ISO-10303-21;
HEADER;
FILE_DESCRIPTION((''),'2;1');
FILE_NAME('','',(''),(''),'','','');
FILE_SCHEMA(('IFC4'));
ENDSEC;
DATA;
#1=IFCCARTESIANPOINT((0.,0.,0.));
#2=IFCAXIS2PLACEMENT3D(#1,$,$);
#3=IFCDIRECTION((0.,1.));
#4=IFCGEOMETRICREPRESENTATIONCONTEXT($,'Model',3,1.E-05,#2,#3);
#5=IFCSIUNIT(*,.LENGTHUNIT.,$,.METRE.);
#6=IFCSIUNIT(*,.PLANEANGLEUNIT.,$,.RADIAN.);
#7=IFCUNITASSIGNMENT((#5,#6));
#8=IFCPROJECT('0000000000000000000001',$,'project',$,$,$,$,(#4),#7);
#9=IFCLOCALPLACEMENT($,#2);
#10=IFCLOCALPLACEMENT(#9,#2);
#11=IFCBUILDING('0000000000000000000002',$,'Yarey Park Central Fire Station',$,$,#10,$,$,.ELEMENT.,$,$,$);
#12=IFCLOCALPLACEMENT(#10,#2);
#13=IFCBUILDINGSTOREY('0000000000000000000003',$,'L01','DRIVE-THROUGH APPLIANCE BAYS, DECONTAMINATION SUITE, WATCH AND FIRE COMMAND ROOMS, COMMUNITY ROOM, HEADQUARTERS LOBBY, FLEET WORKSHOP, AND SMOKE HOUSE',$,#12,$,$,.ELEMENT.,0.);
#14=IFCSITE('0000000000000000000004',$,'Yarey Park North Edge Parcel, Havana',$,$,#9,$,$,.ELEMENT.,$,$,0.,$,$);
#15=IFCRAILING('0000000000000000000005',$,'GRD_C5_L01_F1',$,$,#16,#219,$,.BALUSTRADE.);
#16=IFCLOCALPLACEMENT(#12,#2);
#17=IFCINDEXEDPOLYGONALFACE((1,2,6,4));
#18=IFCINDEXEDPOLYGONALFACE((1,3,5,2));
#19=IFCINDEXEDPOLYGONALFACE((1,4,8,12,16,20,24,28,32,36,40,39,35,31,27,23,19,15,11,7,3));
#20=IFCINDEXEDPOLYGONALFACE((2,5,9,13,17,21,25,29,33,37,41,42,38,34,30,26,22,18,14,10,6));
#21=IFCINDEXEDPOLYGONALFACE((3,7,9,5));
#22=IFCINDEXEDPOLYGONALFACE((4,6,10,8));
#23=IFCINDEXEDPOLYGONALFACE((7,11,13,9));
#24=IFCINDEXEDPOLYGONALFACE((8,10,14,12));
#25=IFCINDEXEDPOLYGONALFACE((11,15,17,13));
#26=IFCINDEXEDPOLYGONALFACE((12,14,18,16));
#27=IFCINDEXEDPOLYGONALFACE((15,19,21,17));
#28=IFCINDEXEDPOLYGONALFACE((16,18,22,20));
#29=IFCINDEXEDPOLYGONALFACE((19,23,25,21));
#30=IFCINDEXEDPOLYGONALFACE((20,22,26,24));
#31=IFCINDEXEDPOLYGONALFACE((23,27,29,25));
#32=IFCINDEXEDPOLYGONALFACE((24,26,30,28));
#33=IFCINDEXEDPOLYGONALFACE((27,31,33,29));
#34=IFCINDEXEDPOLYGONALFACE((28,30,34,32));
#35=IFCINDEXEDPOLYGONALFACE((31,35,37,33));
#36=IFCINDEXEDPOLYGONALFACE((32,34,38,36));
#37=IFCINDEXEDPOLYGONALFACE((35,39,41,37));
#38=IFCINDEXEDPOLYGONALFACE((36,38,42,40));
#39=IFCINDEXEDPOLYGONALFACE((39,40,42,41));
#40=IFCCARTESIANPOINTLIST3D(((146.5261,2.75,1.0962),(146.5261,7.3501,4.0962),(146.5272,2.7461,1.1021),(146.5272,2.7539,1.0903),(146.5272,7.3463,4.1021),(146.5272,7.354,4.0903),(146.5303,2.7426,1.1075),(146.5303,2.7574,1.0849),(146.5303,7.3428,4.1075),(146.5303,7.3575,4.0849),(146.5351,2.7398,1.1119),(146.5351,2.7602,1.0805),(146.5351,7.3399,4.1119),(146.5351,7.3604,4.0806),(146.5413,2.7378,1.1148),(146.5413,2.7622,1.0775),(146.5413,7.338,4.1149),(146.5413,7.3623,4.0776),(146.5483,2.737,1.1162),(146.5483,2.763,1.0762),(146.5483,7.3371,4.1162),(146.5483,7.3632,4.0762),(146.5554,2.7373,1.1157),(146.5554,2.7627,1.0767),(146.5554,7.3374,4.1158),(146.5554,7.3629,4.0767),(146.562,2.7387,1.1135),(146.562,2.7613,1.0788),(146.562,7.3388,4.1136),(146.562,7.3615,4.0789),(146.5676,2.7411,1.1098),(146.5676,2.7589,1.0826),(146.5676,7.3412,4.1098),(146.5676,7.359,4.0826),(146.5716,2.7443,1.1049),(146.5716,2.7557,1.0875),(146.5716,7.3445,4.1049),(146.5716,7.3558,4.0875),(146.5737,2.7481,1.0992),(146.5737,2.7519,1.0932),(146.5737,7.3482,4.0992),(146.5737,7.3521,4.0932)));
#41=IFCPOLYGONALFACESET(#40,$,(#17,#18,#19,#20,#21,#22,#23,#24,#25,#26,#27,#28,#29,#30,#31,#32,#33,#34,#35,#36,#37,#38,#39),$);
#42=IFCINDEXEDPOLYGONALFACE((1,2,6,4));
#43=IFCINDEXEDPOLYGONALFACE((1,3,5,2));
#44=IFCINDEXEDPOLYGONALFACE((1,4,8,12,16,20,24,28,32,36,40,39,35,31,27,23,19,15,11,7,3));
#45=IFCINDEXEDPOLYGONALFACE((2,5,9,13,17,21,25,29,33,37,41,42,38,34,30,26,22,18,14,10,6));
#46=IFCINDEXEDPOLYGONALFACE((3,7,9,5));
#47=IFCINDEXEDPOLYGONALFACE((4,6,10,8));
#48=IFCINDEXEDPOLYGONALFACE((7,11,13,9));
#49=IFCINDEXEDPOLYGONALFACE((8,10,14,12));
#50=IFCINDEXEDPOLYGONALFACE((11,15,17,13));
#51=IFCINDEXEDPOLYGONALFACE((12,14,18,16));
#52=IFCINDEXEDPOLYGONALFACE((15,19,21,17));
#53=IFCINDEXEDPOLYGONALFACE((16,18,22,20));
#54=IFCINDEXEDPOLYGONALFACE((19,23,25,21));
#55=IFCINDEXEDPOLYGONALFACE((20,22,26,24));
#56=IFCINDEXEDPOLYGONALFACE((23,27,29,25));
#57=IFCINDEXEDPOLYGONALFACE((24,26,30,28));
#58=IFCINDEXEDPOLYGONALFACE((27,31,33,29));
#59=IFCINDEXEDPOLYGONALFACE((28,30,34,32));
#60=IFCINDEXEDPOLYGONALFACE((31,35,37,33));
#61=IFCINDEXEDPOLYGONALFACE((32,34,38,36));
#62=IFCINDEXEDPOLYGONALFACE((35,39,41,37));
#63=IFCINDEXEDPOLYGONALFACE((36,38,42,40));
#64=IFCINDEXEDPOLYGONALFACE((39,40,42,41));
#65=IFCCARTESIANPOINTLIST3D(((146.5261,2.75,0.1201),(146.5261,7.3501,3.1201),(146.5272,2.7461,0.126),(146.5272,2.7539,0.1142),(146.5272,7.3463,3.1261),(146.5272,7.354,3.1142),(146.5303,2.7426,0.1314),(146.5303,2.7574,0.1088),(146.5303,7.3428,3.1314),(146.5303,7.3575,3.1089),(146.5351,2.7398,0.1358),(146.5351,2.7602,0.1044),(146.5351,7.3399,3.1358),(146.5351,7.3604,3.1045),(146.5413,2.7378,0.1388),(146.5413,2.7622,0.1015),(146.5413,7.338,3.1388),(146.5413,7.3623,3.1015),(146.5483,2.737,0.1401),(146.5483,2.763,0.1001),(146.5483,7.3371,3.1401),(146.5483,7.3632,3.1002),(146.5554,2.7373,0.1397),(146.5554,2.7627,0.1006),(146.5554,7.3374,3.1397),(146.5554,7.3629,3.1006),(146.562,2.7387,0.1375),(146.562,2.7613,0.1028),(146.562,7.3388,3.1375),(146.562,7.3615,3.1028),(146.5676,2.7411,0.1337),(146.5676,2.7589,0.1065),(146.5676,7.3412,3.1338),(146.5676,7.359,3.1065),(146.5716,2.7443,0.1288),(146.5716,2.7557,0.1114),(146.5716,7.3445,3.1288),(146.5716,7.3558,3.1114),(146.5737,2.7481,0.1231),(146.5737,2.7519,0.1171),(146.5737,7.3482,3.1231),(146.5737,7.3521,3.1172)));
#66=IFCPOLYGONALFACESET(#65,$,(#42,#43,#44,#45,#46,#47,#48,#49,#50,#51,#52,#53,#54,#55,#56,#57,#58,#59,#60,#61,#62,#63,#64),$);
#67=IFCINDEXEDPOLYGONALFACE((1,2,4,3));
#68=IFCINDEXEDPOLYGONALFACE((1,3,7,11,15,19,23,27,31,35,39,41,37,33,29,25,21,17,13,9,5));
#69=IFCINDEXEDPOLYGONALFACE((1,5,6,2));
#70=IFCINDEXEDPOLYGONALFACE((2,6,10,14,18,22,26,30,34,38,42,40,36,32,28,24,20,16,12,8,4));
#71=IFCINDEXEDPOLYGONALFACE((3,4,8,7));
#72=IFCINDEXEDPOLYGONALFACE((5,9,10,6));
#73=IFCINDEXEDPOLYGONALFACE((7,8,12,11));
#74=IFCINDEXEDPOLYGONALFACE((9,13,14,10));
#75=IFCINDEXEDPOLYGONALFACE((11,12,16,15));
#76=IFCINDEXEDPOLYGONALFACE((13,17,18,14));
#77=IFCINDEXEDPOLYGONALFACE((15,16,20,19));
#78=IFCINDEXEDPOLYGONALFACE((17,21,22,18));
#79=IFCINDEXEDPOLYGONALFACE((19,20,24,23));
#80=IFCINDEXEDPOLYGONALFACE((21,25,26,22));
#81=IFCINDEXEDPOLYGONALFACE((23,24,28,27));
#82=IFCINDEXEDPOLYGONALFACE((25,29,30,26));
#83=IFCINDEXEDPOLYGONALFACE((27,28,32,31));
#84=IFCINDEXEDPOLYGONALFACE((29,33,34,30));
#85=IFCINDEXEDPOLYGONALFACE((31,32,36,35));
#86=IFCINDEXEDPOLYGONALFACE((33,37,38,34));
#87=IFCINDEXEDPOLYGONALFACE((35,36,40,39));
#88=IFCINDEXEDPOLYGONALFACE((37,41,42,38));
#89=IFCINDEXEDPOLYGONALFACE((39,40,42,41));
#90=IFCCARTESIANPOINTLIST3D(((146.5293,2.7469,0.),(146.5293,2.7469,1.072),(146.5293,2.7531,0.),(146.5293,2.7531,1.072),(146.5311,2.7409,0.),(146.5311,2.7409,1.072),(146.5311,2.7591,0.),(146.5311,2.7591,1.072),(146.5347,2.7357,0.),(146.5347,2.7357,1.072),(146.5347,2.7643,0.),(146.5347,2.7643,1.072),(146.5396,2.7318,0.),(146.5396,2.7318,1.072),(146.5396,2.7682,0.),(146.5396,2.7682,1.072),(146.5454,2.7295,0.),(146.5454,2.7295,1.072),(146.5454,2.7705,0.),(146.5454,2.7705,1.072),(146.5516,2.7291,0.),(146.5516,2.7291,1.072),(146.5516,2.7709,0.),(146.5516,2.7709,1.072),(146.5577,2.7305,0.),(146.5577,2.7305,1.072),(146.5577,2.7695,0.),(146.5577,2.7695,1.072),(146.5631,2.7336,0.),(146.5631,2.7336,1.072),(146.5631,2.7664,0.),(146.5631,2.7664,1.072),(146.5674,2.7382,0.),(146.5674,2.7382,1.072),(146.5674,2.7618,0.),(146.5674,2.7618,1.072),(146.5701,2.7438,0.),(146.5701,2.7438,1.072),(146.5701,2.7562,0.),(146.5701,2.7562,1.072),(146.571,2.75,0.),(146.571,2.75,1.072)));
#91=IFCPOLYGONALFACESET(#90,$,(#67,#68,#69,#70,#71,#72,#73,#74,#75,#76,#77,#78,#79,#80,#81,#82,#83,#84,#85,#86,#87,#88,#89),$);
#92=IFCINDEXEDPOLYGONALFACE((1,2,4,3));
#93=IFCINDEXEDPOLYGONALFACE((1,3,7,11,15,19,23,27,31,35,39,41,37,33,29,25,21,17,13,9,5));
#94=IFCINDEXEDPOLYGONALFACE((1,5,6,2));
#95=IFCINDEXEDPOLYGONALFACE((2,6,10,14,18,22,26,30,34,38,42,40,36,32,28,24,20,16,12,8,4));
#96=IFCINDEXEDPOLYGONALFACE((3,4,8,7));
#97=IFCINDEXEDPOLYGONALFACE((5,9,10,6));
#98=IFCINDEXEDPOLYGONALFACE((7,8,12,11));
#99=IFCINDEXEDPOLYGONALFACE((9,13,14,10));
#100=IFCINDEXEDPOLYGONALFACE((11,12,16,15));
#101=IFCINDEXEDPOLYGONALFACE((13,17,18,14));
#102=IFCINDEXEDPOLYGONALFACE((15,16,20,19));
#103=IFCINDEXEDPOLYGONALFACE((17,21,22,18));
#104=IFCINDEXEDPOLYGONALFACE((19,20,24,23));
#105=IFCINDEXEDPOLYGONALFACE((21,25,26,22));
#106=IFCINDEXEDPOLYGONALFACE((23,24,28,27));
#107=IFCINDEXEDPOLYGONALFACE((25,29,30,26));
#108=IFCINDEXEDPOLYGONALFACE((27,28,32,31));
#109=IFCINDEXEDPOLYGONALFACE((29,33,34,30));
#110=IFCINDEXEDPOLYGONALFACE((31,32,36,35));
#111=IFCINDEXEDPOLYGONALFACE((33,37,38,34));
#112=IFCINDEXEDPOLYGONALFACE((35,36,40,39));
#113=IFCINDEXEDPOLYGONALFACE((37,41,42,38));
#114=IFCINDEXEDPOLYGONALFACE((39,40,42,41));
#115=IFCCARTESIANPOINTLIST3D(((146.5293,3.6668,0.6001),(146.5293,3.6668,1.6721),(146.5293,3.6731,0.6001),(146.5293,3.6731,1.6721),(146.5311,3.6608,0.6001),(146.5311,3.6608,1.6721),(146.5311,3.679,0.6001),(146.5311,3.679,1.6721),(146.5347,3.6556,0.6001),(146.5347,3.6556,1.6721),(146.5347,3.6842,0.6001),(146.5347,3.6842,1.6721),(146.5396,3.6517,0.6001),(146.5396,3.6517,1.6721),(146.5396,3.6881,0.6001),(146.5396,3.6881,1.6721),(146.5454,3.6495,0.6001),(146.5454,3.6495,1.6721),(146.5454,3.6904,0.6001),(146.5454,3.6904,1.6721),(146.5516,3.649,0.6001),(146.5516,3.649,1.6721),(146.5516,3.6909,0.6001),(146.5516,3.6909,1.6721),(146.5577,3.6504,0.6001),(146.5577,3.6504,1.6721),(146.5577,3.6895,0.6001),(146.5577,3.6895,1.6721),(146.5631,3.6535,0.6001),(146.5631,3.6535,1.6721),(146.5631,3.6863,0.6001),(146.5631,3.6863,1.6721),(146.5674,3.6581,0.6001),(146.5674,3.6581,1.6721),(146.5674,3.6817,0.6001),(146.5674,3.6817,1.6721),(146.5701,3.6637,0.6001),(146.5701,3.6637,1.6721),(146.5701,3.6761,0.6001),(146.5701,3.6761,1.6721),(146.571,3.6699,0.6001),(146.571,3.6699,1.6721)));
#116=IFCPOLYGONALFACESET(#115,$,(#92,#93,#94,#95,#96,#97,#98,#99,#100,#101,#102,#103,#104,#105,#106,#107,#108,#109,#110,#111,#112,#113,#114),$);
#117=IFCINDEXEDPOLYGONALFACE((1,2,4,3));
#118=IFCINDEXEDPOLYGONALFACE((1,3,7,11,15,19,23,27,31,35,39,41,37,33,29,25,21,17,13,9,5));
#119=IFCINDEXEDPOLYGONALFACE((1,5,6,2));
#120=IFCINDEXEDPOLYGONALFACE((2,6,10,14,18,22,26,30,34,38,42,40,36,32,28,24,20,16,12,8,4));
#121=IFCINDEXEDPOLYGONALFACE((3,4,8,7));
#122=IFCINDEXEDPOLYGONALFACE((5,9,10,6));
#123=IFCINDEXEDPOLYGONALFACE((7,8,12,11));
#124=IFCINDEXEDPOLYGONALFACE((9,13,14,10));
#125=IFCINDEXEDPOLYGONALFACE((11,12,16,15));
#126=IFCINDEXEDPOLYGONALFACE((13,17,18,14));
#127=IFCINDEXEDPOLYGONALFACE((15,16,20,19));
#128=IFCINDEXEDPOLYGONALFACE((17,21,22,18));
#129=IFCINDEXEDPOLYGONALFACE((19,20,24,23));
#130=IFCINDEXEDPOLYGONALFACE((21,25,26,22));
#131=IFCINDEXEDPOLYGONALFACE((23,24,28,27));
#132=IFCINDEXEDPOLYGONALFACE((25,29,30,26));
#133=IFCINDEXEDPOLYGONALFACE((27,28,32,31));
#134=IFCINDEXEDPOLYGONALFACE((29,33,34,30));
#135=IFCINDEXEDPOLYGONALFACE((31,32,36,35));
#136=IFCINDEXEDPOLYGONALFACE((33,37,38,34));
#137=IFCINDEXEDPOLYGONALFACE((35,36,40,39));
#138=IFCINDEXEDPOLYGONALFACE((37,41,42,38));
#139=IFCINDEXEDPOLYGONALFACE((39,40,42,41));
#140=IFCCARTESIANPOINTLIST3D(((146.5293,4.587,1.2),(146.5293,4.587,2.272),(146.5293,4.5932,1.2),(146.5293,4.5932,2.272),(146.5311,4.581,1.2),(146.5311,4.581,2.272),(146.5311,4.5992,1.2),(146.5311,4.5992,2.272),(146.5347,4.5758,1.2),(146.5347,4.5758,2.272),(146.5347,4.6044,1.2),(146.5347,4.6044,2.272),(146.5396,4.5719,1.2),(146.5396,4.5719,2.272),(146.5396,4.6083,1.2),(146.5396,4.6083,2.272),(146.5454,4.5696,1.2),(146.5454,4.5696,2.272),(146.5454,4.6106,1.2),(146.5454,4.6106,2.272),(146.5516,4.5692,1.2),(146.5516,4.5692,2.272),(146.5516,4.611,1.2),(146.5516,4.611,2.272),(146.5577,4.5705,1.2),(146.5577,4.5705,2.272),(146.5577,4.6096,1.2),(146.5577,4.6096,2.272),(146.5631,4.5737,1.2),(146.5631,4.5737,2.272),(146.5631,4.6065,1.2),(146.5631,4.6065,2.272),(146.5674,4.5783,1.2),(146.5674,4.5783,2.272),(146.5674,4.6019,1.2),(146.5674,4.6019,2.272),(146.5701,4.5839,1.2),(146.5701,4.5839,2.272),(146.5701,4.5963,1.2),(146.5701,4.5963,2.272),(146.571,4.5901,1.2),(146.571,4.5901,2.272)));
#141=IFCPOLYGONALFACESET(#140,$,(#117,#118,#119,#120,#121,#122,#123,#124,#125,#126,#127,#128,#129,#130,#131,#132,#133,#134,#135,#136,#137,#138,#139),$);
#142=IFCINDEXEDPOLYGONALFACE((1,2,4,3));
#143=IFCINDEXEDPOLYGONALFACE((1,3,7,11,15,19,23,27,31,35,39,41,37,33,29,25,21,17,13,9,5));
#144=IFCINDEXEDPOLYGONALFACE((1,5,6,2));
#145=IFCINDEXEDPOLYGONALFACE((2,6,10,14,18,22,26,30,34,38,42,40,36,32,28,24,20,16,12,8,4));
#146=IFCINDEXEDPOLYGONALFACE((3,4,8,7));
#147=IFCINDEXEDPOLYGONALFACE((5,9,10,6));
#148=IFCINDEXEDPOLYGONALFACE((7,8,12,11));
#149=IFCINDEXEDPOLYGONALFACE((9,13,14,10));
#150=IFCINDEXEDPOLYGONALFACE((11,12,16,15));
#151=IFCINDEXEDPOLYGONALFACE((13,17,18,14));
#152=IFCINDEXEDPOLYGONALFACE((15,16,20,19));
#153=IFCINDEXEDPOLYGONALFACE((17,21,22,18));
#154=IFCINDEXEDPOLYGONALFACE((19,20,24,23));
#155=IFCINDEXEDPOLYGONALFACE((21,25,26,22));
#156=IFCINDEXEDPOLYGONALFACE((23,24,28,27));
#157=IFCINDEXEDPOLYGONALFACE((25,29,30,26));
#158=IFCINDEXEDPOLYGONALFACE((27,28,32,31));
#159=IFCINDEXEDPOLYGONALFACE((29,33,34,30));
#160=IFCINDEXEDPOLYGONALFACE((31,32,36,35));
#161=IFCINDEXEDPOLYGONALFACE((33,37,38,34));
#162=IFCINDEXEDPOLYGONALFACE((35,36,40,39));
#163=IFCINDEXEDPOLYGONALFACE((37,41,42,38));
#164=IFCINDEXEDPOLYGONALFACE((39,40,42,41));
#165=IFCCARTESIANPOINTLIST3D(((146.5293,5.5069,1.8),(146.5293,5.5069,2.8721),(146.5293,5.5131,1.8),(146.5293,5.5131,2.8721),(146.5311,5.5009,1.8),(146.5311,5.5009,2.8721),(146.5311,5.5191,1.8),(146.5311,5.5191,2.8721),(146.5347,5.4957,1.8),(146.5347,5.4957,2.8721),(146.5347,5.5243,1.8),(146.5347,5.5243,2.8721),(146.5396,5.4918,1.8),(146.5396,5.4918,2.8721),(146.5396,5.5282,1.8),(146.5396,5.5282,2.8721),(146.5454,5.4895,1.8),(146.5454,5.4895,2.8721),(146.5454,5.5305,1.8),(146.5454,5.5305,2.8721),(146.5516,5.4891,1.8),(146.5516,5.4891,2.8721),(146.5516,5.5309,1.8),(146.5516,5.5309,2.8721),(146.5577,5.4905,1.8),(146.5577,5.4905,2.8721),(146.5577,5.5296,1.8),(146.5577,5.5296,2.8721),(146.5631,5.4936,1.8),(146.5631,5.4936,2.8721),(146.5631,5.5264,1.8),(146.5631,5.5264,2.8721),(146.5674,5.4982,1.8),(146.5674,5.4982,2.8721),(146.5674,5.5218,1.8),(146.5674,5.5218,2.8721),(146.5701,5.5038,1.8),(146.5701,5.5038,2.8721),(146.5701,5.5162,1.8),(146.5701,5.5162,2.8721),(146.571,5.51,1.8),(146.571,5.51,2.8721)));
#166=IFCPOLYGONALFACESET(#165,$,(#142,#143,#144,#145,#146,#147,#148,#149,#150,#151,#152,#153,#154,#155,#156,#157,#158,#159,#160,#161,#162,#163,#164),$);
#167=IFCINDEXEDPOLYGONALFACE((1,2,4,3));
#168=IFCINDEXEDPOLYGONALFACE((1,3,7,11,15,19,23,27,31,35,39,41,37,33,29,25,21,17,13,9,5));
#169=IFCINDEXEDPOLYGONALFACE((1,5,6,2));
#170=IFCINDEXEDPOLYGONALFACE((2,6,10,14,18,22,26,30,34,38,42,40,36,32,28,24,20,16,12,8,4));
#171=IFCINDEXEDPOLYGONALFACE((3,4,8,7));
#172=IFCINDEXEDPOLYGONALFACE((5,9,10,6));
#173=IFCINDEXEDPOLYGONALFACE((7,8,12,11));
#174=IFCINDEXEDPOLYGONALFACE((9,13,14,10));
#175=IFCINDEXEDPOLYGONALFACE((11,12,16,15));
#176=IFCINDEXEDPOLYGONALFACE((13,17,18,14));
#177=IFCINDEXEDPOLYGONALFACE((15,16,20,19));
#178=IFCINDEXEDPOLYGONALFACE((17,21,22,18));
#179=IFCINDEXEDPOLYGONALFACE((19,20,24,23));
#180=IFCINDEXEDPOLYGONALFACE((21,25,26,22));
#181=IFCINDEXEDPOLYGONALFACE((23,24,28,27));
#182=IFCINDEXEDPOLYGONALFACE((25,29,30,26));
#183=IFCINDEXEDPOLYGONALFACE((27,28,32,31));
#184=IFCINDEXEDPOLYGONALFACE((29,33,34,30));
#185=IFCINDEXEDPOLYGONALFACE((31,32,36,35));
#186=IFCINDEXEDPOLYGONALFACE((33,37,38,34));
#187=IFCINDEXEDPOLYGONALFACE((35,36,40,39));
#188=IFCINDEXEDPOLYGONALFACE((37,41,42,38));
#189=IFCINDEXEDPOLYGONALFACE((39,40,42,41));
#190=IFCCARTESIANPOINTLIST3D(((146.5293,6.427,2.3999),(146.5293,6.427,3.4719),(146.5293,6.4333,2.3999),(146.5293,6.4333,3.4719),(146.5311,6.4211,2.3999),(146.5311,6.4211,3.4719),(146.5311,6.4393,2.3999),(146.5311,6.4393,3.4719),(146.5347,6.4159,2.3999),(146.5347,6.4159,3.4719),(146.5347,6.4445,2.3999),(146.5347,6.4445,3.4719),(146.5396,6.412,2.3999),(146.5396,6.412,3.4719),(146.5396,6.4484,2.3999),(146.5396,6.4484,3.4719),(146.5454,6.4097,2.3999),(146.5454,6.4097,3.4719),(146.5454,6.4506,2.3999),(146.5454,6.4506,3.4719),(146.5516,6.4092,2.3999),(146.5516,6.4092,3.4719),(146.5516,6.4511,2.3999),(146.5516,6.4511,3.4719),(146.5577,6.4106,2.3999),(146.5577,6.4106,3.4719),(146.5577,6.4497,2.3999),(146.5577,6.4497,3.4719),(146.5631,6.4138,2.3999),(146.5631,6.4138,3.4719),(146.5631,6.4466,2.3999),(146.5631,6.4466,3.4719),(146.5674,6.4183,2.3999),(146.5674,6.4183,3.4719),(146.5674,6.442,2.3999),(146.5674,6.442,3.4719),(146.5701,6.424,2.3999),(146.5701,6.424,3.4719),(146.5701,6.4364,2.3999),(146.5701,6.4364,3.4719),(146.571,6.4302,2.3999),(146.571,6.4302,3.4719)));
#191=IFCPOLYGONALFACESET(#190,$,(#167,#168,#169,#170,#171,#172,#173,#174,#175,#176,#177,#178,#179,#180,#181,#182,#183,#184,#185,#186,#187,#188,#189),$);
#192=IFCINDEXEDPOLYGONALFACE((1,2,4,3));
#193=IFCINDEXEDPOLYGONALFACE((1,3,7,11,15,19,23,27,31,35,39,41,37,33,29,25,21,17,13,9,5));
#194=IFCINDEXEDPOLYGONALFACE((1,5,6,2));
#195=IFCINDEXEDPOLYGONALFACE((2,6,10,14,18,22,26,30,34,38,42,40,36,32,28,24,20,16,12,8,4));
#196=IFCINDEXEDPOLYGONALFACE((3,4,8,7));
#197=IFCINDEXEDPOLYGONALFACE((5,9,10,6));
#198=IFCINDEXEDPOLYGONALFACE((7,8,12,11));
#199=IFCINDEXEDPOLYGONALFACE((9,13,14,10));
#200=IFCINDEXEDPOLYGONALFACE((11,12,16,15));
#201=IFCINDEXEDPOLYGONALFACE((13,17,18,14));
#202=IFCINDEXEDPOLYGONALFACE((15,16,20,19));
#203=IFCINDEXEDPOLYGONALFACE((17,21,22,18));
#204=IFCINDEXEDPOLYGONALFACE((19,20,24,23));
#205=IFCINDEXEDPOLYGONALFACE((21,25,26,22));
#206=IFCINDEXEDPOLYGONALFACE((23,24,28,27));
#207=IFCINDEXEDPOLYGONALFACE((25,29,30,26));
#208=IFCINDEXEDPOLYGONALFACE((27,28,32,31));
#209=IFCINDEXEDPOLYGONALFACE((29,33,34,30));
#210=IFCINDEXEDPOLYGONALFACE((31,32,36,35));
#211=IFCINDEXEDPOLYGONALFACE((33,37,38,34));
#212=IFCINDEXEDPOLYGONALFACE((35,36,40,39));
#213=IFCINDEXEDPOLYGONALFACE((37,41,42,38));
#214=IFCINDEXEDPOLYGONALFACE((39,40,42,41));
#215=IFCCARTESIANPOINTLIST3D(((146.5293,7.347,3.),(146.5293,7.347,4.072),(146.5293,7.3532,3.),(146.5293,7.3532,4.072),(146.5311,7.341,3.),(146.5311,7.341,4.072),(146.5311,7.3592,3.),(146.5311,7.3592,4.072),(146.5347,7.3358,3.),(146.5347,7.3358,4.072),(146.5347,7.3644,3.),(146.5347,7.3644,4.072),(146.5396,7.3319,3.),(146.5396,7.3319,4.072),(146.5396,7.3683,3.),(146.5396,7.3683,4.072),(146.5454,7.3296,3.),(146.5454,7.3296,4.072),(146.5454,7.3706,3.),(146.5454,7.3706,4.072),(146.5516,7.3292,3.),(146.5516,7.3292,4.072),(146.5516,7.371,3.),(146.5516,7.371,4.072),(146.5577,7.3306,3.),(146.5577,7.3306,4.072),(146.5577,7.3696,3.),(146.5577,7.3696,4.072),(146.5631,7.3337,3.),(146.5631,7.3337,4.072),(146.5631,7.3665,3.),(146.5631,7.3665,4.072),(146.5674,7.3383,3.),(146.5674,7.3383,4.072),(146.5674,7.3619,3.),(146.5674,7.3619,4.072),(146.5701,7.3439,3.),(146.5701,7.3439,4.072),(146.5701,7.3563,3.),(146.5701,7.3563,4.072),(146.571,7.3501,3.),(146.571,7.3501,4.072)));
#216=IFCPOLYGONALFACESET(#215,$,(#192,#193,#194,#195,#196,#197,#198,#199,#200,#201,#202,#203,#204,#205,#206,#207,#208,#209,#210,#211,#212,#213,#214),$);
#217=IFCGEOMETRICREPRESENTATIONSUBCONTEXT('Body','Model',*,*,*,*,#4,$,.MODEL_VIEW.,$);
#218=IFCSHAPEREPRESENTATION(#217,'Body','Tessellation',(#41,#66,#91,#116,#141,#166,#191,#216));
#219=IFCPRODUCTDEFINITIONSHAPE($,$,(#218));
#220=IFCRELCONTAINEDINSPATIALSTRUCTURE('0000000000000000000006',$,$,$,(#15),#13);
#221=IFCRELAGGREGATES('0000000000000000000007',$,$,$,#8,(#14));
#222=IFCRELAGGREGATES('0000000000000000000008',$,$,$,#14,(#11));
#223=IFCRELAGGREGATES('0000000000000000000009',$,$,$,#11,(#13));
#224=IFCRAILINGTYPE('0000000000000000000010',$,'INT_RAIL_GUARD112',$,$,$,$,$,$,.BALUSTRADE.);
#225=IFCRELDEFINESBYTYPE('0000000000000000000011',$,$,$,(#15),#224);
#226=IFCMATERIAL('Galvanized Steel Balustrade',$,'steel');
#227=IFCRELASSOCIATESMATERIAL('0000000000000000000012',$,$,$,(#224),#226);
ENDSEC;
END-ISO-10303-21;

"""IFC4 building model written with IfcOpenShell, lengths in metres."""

from ifc_helpers import new_model, si_unit, direction, frame, origin, origin_2d, place, context, subcontext, project, spatial, circle, extrude, material, type_object, element, save


model = new_model("IFC4")

# Units and contexts
model_context = context("Model", 3, precision=1e-05, world=origin(), true_north=direction((0.0, 1.0)))
body_context = subcontext(model_context, "Body", "Model", "MODEL_VIEW")
ifc_project = project(units=[si_unit("LENGTHUNIT", "METRE"), si_unit("PLANEANGLEUNIT", "RADIAN")], contexts=[model_context])

# Site, building, storey
site_placement = place(None, origin())
site = spatial("IfcSite", under=ifc_project, at=site_placement, Name="Yarey Park North Edge Parcel, Havana", CompositionType="ELEMENT", RefElevation=0.0)
building_placement = place(site_placement, origin())
building = spatial("IfcBuilding", under=site, at=building_placement, Name="Yarey Park Central Fire Station", CompositionType="ELEMENT")
storey_placement = place(building_placement, origin())
storey = spatial("IfcBuildingStorey", under=building, at=storey_placement, Name="L01", Description="DRIVE-THROUGH APPLIANCE BAYS, DECONTAMINATION SUITE, WATCH AND FIRE COMMAND ROOMS, COMMUNITY ROOM, HEADQUARTERS LOBBY, FLEET WORKSHOP, AND SMOKE HOUSE", CompositionType="ELEMENT", Elevation=0.0)

# Railing
ifc_material_1 = material(Name="Galvanized Steel Balustrade", Category="steel")
railing_type_1 = type_object("IfcRailingType", Name="INT_RAIL_GUARD112", PredefinedType="BALUSTRADE", material=ifc_material_1)
railing_1_placement = place(storey_placement, frame((146.55, 2.75, 0.0)))
element("IfcRailing", 1, at=railing_1_placement, inside=storey, type_object=railing_type_1, Name="GRD_C5_L01_F1", PredefinedType="BALUSTRADE", context=body_context, shape_type="SweptSolid", body=[
    extrude(circle(Radius=0.0239, at=origin_2d()), frame((0.0, 0.0, 1.0962), z_axis=(0.0, 0.837616, 0.54626), x_axis=(-1.0, 0.0, 0.0)), (0.0, 0.0, 1.0), 5.4919),
    extrude(circle(Radius=0.0239, at=origin_2d()), frame((0.0, 0.0, 0.1201), z_axis=(0.0, 0.837616, 0.54626), x_axis=(-1.0, 0.0, 0.0)), (0.0, 0.0, 1.0), 5.4919),
    extrude(circle(Radius=0.021, at=origin_2d()), origin(), (0.0, 0.0, 1.0), 1.072),
    extrude(circle(Radius=0.021, at=origin_2d()), frame((0.0, 0.9199, 0.6001)), (0.0, 0.0, 1.0), 1.072),
    extrude(circle(Radius=0.021, at=origin_2d()), frame((0.0, 1.8401, 1.2)), (0.0, 0.0, 1.0), 1.072),
    extrude(circle(Radius=0.021, at=origin_2d()), frame((0.0, 2.76, 1.8)), (0.0, 0.0, 1.0), 1.072),
    extrude(circle(Radius=0.021, at=origin_2d()), frame((0.0, 3.6802, 2.3999)), (0.0, 0.0, 1.0), 1.072),
    extrude(circle(Radius=0.021, at=origin_2d()), frame((0.0, 4.6001, 3.0)), (0.0, 0.0, 1.0), 1.072),
])

save(model, "model.ifc")
